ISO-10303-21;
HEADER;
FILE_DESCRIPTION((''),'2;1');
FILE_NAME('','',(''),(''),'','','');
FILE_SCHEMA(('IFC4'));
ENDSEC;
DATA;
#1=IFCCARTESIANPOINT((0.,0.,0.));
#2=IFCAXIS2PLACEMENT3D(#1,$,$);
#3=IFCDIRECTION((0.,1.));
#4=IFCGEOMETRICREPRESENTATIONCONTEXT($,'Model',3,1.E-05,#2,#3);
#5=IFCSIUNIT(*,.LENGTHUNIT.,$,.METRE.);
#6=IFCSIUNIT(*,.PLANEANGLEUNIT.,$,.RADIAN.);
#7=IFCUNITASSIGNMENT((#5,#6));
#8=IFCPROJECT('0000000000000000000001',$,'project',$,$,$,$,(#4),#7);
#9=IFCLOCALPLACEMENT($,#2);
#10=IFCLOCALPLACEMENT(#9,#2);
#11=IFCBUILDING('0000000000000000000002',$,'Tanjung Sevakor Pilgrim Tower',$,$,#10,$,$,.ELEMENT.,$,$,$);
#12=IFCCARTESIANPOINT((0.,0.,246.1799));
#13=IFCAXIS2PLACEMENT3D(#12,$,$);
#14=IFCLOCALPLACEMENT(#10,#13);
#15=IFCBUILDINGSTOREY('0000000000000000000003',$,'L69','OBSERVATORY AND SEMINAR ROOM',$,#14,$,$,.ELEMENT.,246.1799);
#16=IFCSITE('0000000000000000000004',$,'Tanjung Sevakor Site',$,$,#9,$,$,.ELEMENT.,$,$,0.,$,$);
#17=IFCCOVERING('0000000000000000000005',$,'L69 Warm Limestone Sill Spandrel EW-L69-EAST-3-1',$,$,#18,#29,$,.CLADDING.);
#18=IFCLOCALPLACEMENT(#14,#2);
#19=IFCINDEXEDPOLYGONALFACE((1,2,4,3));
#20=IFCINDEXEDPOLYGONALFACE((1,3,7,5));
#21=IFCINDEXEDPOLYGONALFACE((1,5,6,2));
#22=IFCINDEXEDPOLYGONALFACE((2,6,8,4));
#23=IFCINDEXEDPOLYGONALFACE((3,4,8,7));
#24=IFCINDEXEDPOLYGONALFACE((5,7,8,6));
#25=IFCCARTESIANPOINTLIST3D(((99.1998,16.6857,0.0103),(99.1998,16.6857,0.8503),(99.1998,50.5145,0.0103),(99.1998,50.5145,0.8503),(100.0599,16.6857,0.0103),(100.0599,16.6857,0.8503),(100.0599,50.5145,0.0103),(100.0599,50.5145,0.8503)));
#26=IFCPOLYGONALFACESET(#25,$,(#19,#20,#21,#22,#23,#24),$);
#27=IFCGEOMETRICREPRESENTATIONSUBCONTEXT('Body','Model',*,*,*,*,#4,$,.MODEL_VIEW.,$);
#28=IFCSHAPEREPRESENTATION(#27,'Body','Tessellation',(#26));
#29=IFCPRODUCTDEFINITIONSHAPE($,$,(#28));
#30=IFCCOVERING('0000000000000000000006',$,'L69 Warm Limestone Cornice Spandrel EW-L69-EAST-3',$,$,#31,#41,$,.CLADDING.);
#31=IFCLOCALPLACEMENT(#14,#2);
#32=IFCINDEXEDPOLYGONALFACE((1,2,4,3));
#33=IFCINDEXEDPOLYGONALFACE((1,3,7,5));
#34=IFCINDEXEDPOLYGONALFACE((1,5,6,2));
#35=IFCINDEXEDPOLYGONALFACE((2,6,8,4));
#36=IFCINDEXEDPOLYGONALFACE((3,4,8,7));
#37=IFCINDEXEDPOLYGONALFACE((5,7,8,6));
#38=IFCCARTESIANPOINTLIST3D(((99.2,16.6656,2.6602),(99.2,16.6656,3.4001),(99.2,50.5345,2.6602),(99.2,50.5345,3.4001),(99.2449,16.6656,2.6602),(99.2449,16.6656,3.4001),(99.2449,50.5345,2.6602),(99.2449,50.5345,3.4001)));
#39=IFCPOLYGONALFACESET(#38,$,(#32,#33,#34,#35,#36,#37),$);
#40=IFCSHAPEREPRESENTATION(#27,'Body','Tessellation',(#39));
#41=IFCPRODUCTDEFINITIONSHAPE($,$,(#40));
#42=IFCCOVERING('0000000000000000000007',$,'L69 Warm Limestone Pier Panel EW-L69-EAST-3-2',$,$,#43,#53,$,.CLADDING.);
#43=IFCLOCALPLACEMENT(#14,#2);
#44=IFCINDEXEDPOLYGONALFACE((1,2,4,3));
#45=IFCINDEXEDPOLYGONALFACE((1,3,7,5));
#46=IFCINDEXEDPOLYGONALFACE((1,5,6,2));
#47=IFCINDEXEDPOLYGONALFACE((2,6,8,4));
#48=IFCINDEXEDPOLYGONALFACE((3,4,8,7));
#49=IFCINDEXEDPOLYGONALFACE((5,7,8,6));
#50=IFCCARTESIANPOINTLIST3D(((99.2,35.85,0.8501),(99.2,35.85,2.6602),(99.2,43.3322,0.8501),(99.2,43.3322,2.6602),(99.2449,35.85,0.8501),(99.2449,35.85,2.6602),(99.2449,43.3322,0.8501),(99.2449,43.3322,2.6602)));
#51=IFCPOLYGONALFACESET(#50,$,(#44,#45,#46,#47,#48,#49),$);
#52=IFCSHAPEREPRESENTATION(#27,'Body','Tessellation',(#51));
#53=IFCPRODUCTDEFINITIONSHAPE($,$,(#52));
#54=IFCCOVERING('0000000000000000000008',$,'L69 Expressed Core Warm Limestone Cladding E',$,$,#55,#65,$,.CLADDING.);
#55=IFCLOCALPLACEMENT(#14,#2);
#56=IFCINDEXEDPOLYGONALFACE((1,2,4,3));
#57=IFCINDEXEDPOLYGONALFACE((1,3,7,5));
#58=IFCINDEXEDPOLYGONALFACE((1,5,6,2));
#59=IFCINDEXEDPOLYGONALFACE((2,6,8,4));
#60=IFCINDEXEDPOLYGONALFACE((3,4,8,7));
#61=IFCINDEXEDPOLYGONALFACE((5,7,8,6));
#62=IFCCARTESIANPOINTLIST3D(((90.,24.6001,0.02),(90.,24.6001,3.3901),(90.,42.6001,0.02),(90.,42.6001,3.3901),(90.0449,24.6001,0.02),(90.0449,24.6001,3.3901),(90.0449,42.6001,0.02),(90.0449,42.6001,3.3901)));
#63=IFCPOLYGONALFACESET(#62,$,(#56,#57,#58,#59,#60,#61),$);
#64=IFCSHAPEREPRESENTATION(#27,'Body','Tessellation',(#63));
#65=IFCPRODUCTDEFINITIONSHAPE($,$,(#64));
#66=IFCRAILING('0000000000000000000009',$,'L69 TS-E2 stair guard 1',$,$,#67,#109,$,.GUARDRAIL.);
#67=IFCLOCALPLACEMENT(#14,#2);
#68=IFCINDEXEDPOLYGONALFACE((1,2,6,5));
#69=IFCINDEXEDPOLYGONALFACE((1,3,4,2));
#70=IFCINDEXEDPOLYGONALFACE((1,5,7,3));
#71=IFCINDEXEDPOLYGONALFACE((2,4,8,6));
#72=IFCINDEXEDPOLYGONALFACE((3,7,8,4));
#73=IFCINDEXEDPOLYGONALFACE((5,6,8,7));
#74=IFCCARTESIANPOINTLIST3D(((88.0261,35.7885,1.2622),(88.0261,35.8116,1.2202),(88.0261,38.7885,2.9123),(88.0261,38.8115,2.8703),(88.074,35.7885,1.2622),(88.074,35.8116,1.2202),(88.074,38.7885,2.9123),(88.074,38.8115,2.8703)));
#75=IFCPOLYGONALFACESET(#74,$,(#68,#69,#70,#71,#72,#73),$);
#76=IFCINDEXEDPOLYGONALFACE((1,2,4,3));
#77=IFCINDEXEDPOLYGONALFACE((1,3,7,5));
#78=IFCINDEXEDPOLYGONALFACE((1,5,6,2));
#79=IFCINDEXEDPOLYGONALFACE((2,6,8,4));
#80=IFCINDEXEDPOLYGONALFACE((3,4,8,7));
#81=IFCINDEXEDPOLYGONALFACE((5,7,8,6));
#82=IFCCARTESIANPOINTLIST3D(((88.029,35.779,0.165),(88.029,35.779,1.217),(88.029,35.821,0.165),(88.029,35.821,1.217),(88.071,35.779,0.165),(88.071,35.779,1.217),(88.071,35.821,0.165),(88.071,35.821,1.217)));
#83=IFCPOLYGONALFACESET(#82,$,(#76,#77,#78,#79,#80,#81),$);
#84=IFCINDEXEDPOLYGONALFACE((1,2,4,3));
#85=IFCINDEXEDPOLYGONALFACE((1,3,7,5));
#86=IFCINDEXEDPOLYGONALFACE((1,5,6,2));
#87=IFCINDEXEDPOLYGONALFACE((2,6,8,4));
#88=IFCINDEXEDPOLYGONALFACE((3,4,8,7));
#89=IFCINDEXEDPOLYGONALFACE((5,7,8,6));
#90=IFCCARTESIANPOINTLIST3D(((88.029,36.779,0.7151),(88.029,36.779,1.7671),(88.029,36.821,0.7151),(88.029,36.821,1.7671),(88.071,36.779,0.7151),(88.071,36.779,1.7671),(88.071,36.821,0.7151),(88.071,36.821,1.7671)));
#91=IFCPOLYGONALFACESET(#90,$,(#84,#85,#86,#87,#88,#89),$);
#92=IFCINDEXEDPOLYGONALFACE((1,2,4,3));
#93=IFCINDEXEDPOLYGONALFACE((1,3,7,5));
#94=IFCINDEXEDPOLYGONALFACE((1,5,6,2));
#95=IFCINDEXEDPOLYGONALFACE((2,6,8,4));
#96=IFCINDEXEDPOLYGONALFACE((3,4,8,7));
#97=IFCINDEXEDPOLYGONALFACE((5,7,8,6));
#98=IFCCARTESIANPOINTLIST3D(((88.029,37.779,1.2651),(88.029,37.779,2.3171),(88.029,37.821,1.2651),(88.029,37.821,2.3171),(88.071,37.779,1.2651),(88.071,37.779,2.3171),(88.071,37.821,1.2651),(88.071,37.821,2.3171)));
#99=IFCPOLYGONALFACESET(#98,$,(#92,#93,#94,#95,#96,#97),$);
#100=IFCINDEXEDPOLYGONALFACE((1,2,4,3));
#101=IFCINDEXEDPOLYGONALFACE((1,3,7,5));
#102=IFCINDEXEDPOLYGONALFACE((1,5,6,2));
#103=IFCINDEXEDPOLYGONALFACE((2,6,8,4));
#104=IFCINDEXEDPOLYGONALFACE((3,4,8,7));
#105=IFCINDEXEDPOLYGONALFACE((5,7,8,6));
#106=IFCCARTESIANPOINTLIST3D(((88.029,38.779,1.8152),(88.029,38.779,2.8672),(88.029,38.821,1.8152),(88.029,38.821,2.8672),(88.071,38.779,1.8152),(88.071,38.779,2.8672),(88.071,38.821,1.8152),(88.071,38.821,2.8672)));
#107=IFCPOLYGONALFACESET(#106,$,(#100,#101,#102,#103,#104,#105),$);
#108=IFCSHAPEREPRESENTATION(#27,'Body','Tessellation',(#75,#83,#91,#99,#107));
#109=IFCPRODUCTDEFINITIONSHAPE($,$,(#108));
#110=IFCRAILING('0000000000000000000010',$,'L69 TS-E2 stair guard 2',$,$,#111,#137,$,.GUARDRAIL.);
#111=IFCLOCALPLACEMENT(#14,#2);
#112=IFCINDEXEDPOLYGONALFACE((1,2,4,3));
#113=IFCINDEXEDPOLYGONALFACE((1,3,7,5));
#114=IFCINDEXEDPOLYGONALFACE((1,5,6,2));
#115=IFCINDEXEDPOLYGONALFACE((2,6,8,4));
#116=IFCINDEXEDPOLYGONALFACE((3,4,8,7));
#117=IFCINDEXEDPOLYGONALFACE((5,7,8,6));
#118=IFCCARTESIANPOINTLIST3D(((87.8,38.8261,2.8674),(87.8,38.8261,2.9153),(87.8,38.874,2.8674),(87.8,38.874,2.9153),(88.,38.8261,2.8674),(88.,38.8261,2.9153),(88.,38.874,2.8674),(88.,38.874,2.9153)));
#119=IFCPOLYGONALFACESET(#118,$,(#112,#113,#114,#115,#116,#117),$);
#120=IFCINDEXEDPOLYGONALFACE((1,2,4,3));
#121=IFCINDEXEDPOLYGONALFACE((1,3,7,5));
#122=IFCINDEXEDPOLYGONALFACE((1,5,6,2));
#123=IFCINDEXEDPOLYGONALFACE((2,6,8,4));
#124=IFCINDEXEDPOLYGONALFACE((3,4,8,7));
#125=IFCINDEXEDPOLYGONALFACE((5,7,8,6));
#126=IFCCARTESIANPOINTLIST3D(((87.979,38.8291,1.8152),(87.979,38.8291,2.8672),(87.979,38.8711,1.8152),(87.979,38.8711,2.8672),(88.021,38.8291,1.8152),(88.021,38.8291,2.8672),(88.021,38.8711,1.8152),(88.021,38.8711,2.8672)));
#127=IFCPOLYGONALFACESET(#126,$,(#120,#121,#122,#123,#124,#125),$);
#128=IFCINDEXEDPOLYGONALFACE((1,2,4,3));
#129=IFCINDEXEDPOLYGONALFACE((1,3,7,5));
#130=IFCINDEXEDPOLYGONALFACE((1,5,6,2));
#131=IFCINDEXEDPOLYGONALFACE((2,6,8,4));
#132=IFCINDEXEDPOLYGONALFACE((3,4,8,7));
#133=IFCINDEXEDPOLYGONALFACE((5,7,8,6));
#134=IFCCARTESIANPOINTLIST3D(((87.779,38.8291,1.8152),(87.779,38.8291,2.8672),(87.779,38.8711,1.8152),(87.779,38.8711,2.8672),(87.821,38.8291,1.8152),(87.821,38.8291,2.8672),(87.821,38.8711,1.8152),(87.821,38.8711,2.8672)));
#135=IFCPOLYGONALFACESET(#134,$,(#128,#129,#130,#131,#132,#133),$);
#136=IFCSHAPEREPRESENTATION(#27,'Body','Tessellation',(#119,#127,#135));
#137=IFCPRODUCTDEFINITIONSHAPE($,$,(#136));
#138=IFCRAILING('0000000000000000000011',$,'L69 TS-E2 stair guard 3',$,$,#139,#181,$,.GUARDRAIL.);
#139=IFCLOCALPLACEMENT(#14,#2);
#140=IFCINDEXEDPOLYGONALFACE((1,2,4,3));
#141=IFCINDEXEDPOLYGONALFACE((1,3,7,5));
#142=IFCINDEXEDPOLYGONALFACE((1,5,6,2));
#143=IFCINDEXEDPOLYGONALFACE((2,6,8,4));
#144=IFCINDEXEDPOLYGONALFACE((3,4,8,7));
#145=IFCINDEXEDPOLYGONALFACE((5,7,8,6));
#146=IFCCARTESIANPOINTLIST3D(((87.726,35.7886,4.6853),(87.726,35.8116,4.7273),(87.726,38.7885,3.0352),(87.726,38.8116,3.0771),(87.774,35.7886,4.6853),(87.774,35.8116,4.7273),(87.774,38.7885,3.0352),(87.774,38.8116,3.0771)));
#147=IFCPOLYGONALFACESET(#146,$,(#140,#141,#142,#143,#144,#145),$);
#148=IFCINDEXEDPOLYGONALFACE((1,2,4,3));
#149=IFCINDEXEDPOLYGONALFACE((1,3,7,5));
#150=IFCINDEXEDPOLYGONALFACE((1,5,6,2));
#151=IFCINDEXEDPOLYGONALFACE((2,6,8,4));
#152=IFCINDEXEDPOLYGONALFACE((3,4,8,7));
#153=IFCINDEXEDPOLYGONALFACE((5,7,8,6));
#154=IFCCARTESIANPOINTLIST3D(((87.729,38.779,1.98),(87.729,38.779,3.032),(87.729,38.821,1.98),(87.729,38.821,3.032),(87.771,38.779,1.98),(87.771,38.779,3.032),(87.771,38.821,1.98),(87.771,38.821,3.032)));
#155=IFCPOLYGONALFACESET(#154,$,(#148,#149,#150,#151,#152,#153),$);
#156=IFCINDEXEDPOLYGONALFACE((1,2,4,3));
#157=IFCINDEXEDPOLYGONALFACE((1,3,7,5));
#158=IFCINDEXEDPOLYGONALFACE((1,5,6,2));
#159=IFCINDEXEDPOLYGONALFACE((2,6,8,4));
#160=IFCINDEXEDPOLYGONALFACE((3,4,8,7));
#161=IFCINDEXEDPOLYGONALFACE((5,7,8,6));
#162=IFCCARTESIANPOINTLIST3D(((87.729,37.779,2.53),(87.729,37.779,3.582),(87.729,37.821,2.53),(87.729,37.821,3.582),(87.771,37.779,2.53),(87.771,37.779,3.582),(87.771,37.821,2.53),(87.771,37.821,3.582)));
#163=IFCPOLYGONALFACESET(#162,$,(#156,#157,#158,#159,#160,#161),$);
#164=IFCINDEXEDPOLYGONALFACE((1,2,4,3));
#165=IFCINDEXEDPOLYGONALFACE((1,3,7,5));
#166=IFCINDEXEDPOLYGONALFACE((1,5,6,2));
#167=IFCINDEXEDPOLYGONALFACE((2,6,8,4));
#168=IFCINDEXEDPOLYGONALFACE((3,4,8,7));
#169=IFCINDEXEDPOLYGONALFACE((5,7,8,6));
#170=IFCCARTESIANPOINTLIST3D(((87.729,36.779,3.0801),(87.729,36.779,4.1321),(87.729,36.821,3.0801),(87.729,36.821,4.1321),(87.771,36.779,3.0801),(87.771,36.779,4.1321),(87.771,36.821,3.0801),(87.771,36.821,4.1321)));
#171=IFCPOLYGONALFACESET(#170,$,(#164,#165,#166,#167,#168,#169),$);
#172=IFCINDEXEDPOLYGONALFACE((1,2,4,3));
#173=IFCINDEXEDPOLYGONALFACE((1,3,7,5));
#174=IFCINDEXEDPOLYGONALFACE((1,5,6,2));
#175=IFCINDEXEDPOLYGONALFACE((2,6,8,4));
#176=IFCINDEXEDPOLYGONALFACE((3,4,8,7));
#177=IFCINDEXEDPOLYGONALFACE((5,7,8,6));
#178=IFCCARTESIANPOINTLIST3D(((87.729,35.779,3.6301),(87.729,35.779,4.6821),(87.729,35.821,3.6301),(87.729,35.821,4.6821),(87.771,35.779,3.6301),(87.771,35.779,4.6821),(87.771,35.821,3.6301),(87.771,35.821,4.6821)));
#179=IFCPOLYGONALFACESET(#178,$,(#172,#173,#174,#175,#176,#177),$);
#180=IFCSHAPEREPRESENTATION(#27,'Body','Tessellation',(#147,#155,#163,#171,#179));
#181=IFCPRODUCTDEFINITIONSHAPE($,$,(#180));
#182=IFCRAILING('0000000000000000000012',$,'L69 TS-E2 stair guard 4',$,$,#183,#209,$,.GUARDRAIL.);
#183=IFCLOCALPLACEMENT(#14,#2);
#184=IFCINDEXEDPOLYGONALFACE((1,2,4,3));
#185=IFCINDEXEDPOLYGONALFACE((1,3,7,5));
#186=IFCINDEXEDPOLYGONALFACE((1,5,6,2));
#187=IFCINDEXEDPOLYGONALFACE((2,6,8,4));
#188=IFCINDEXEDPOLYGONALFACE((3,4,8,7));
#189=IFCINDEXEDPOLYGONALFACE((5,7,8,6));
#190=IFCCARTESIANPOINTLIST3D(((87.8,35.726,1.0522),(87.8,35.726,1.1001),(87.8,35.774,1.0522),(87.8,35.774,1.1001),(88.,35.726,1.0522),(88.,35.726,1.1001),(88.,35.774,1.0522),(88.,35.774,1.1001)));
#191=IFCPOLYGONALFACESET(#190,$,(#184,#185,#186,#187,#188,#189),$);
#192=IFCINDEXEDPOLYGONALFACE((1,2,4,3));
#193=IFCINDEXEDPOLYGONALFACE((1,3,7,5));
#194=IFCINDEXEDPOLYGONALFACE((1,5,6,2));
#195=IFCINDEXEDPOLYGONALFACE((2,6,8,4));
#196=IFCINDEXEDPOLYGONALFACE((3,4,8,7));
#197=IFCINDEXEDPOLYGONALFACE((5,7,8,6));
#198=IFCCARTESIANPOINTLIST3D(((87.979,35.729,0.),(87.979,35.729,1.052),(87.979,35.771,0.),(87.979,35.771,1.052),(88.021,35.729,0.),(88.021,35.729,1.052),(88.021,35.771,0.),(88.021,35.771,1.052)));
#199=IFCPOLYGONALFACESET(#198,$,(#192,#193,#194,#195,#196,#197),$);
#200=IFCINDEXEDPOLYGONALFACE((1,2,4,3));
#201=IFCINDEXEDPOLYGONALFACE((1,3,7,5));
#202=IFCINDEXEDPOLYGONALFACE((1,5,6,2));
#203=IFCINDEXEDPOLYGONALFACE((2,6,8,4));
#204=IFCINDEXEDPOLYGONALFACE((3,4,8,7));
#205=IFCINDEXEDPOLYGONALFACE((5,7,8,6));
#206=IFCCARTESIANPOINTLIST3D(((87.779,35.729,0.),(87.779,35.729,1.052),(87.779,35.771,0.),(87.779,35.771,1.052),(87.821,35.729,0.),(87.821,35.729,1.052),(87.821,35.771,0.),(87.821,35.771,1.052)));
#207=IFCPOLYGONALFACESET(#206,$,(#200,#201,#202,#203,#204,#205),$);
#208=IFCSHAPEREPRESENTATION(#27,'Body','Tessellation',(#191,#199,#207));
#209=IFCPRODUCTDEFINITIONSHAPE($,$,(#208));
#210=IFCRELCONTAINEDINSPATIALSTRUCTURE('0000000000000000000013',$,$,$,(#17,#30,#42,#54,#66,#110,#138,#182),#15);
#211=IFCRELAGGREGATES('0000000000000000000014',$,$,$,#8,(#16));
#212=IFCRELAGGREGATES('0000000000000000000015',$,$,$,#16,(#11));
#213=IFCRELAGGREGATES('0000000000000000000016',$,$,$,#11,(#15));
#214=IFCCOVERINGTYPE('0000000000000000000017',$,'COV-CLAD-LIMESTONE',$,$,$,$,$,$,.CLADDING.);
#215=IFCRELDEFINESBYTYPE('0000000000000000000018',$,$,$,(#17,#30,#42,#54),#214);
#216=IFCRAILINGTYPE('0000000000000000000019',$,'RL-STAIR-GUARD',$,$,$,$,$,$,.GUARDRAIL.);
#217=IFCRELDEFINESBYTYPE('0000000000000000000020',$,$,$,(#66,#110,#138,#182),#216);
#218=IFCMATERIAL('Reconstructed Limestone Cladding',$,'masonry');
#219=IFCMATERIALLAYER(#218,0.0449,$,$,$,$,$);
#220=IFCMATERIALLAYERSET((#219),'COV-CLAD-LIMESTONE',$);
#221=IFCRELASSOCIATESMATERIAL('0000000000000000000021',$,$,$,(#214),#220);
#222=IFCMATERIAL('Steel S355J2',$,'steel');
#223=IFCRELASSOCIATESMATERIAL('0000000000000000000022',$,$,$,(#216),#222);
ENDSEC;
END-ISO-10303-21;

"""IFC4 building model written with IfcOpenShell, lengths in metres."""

from ifc_helpers import new_model, si_unit, direction, frame, origin, origin_2d, place, context, subcontext, project, spatial, rectangle, extrude, material, layer, layer_set, type_object, element, save


model = new_model("IFC4")

# Units and contexts
model_context = context("Model", 3, precision=1e-05, world=origin(), true_north=direction((0.0, 1.0)))
body_context = subcontext(model_context, "Body", "Model", "MODEL_VIEW")
ifc_project = project(units=[si_unit("LENGTHUNIT", "METRE"), si_unit("PLANEANGLEUNIT", "RADIAN")], contexts=[model_context])

# Site, building, storey
site_placement = place(None, origin())
site = spatial("IfcSite", under=ifc_project, at=site_placement, Name="Tanjung Sevakor Site", CompositionType="ELEMENT", RefElevation=0.0)
building_placement = place(site_placement, origin())
building = spatial("IfcBuilding", under=site, at=building_placement, Name="Tanjung Sevakor Pilgrim Tower", CompositionType="ELEMENT")
storey_placement = place(building_placement, frame((0.0, 0.0, 246.1799)))
storey = spatial("IfcBuildingStorey", under=building, at=storey_placement, Name="L69", Description="OBSERVATORY AND SEMINAR ROOM", CompositionType="ELEMENT", Elevation=246.1799)

# Coverings
ifc_material_1 = material(Name="Reconstructed Limestone Cladding", Category="masonry")
ifc_layer_1 = layer(ifc_material_1, 0.0449)
ifc_layer_set_1 = layer_set([ifc_layer_1], Name="COV-CLAD-LIMESTONE")
covering_type = type_object("IfcCoveringType", Name="COV-CLAD-LIMESTONE", PredefinedType="CLADDING", material=ifc_layer_set_1)
covering_1_placement = place(storey_placement, frame((99.6299, 33.6001, 0.0103), z_axis=(0.0, 0.0, 1.0), x_axis=(0.0, 1.0, 0.0)))
element("IfcCovering", 1, at=covering_1_placement, inside=storey, type_object=covering_type, Name="L69 Warm Limestone Sill Spandrel EW-L69-EAST-3-1", PredefinedType="CLADDING", context=body_context, shape_type="SweptSolid", body=[
    extrude(rectangle(XDim=33.8289, YDim=0.8601, at=origin_2d()), origin(), (0.0, 0.0, 1.0), 0.8401),
])
covering_2_placement = place(storey_placement, frame((99.2224, 33.6001, 2.6602), z_axis=(0.0, 0.0, 1.0), x_axis=(0.0, 1.0, 0.0)))
element("IfcCovering", 2, at=covering_2_placement, inside=storey, type_object=covering_type, Name="L69 Warm Limestone Cornice Spandrel EW-L69-EAST-3", PredefinedType="CLADDING", context=body_context, shape_type="SweptSolid", body=[
    extrude(rectangle(XDim=33.8689, YDim=0.0449, at=origin_2d()), origin(), (0.0, 0.0, 1.0), 0.74),
])
covering_3_placement = place(storey_placement, frame((99.2224, 39.5911, 0.8501), z_axis=(0.0, 0.0, 1.0), x_axis=(0.0, 1.0, 0.0)))
element("IfcCovering", 3, at=covering_3_placement, inside=storey, type_object=covering_type, Name="L69 Warm Limestone Pier Panel EW-L69-EAST-3-2", PredefinedType="CLADDING", context=body_context, shape_type="SweptSolid", body=[
    extrude(rectangle(XDim=7.4822, YDim=0.0449, at=origin_2d()), origin(), (0.0, 0.0, 1.0), 1.8101),
])
covering_4_placement = place(storey_placement, frame((90.0225, 33.6001, 0.02), z_axis=(0.0, 0.0, 1.0), x_axis=(1.0, 0.0, 0.0)))
element("IfcCovering", 4, at=covering_4_placement, inside=storey, type_object=covering_type, Name="L69 Expressed Core Warm Limestone Cladding E", PredefinedType="CLADDING", context=body_context, shape_type="SweptSolid", body=[
    extrude(rectangle(XDim=0.0449, YDim=18.0, at=origin_2d()), origin(), (0.0, 0.0, 1.0), 3.3701),
])

# Railings
ifc_material_2 = material(Name="Steel S355J2", Category="steel")
railing_type_1 = type_object("IfcRailingType", Name="RL-STAIR-GUARD", PredefinedType="GUARDRAIL", material=ifc_material_2)
railing_1_placement = place(storey_placement, frame((88.05, 35.8, 0.165)))
element("IfcRailing", 5, at=railing_1_placement, inside=storey, type_object=railing_type_1, Name="L69 TS-E2 stair guard 1", PredefinedType="GUARDRAIL", context=body_context, shape_type="SweptSolid", body=[
    extrude(rectangle(XDim=0.0479, YDim=0.0479), frame((0.0, 0.0, 1.0762), z_axis=(0.0, 0.876198, 0.481952), x_axis=(-1.0, 0.0, 0.0)), (0.0, 0.0, 1.0), 3.4238),
    extrude(rectangle(XDim=0.042, YDim=0.042), origin(), (0.0, 0.0, 1.0), 1.052),
    extrude(rectangle(XDim=0.042, YDim=0.042), frame((0.0, 1.0, 0.55)), (0.0, 0.0, 1.0), 1.052),
    extrude(rectangle(XDim=0.042, YDim=0.042), frame((0.0, 2.0, 1.1001)), (0.0, 0.0, 1.0), 1.052),
    extrude(rectangle(XDim=0.042, YDim=0.042), frame((0.0, 3.0, 1.6501)), (0.0, 0.0, 1.0), 1.052),
])
railing_2_placement = place(storey_placement, frame((88.0, 38.8501, 1.8152)))
element("IfcRailing", 6, at=railing_2_placement, inside=storey, type_object=railing_type_1, Name="L69 TS-E2 stair guard 2", PredefinedType="GUARDRAIL", context=body_context, shape_type="SweptSolid", body=[
    extrude(rectangle(XDim=0.0479, YDim=0.0479), frame((0.0, 0.0, 1.0762), z_axis=(-1.0, 0.0, 0.0), x_axis=(0.0, -1.0, 0.0)), (0.0, 0.0, 1.0), 0.2),
    extrude(rectangle(XDim=0.042, YDim=0.042), origin(), (0.0, 0.0, 1.0), 1.052),
    extrude(rectangle(XDim=0.042, YDim=0.042), frame((-0.2, 0.0, 0.0)), (0.0, 0.0, 1.0), 1.052),
])
railing_3_placement = place(storey_placement, frame((87.75, 38.8, 1.98)))
element("IfcRailing", 7, at=railing_3_placement, inside=storey, type_object=railing_type_1, Name="L69 TS-E2 stair guard 3", PredefinedType="GUARDRAIL", context=body_context, shape_type="SweptSolid", body=[
    extrude(rectangle(XDim=0.0479, YDim=0.0479), frame((0.0, 0.0, 1.0762), z_axis=(0.0, -0.876198, 0.481952), x_axis=(1.0, 0.0, 0.0)), (0.0, 0.0, 1.0), 3.4238),
    extrude(rectangle(XDim=0.042, YDim=0.042), origin(), (0.0, 0.0, 1.0), 1.052),
    extrude(rectangle(XDim=0.042, YDim=0.042), frame((0.0, -1.0, 0.55)), (0.0, 0.0, 1.0), 1.052),
    extrude(rectangle(XDim=0.042, YDim=0.042), frame((0.0, -2.0, 1.1001)), (0.0, 0.0, 1.0), 1.052),
    extrude(rectangle(XDim=0.042, YDim=0.042), frame((0.0, -3.0, 1.6501)), (0.0, 0.0, 1.0), 1.052),
])
railing_4_placement = place(storey_placement, frame((88.0, 35.75, 0.0)))
element("IfcRailing", 8, at=railing_4_placement, inside=storey, type_object=railing_type_1, Name="L69 TS-E2 stair guard 4", PredefinedType="GUARDRAIL", context=body_context, shape_type="SweptSolid", body=[
    extrude(rectangle(XDim=0.0479, YDim=0.0479), frame((0.0, 0.0, 1.0762), z_axis=(-1.0, 0.0, 0.0), x_axis=(0.0, -1.0, 0.0)), (0.0, 0.0, 1.0), 0.2),
    extrude(rectangle(XDim=0.042, YDim=0.042), origin(), (0.0, 0.0, 1.0), 1.052),
    extrude(rectangle(XDim=0.042, YDim=0.042), frame((-0.2, 0.0, 0.0)), (0.0, 0.0, 1.0), 1.052),
])

save(model, "model.ifc")
